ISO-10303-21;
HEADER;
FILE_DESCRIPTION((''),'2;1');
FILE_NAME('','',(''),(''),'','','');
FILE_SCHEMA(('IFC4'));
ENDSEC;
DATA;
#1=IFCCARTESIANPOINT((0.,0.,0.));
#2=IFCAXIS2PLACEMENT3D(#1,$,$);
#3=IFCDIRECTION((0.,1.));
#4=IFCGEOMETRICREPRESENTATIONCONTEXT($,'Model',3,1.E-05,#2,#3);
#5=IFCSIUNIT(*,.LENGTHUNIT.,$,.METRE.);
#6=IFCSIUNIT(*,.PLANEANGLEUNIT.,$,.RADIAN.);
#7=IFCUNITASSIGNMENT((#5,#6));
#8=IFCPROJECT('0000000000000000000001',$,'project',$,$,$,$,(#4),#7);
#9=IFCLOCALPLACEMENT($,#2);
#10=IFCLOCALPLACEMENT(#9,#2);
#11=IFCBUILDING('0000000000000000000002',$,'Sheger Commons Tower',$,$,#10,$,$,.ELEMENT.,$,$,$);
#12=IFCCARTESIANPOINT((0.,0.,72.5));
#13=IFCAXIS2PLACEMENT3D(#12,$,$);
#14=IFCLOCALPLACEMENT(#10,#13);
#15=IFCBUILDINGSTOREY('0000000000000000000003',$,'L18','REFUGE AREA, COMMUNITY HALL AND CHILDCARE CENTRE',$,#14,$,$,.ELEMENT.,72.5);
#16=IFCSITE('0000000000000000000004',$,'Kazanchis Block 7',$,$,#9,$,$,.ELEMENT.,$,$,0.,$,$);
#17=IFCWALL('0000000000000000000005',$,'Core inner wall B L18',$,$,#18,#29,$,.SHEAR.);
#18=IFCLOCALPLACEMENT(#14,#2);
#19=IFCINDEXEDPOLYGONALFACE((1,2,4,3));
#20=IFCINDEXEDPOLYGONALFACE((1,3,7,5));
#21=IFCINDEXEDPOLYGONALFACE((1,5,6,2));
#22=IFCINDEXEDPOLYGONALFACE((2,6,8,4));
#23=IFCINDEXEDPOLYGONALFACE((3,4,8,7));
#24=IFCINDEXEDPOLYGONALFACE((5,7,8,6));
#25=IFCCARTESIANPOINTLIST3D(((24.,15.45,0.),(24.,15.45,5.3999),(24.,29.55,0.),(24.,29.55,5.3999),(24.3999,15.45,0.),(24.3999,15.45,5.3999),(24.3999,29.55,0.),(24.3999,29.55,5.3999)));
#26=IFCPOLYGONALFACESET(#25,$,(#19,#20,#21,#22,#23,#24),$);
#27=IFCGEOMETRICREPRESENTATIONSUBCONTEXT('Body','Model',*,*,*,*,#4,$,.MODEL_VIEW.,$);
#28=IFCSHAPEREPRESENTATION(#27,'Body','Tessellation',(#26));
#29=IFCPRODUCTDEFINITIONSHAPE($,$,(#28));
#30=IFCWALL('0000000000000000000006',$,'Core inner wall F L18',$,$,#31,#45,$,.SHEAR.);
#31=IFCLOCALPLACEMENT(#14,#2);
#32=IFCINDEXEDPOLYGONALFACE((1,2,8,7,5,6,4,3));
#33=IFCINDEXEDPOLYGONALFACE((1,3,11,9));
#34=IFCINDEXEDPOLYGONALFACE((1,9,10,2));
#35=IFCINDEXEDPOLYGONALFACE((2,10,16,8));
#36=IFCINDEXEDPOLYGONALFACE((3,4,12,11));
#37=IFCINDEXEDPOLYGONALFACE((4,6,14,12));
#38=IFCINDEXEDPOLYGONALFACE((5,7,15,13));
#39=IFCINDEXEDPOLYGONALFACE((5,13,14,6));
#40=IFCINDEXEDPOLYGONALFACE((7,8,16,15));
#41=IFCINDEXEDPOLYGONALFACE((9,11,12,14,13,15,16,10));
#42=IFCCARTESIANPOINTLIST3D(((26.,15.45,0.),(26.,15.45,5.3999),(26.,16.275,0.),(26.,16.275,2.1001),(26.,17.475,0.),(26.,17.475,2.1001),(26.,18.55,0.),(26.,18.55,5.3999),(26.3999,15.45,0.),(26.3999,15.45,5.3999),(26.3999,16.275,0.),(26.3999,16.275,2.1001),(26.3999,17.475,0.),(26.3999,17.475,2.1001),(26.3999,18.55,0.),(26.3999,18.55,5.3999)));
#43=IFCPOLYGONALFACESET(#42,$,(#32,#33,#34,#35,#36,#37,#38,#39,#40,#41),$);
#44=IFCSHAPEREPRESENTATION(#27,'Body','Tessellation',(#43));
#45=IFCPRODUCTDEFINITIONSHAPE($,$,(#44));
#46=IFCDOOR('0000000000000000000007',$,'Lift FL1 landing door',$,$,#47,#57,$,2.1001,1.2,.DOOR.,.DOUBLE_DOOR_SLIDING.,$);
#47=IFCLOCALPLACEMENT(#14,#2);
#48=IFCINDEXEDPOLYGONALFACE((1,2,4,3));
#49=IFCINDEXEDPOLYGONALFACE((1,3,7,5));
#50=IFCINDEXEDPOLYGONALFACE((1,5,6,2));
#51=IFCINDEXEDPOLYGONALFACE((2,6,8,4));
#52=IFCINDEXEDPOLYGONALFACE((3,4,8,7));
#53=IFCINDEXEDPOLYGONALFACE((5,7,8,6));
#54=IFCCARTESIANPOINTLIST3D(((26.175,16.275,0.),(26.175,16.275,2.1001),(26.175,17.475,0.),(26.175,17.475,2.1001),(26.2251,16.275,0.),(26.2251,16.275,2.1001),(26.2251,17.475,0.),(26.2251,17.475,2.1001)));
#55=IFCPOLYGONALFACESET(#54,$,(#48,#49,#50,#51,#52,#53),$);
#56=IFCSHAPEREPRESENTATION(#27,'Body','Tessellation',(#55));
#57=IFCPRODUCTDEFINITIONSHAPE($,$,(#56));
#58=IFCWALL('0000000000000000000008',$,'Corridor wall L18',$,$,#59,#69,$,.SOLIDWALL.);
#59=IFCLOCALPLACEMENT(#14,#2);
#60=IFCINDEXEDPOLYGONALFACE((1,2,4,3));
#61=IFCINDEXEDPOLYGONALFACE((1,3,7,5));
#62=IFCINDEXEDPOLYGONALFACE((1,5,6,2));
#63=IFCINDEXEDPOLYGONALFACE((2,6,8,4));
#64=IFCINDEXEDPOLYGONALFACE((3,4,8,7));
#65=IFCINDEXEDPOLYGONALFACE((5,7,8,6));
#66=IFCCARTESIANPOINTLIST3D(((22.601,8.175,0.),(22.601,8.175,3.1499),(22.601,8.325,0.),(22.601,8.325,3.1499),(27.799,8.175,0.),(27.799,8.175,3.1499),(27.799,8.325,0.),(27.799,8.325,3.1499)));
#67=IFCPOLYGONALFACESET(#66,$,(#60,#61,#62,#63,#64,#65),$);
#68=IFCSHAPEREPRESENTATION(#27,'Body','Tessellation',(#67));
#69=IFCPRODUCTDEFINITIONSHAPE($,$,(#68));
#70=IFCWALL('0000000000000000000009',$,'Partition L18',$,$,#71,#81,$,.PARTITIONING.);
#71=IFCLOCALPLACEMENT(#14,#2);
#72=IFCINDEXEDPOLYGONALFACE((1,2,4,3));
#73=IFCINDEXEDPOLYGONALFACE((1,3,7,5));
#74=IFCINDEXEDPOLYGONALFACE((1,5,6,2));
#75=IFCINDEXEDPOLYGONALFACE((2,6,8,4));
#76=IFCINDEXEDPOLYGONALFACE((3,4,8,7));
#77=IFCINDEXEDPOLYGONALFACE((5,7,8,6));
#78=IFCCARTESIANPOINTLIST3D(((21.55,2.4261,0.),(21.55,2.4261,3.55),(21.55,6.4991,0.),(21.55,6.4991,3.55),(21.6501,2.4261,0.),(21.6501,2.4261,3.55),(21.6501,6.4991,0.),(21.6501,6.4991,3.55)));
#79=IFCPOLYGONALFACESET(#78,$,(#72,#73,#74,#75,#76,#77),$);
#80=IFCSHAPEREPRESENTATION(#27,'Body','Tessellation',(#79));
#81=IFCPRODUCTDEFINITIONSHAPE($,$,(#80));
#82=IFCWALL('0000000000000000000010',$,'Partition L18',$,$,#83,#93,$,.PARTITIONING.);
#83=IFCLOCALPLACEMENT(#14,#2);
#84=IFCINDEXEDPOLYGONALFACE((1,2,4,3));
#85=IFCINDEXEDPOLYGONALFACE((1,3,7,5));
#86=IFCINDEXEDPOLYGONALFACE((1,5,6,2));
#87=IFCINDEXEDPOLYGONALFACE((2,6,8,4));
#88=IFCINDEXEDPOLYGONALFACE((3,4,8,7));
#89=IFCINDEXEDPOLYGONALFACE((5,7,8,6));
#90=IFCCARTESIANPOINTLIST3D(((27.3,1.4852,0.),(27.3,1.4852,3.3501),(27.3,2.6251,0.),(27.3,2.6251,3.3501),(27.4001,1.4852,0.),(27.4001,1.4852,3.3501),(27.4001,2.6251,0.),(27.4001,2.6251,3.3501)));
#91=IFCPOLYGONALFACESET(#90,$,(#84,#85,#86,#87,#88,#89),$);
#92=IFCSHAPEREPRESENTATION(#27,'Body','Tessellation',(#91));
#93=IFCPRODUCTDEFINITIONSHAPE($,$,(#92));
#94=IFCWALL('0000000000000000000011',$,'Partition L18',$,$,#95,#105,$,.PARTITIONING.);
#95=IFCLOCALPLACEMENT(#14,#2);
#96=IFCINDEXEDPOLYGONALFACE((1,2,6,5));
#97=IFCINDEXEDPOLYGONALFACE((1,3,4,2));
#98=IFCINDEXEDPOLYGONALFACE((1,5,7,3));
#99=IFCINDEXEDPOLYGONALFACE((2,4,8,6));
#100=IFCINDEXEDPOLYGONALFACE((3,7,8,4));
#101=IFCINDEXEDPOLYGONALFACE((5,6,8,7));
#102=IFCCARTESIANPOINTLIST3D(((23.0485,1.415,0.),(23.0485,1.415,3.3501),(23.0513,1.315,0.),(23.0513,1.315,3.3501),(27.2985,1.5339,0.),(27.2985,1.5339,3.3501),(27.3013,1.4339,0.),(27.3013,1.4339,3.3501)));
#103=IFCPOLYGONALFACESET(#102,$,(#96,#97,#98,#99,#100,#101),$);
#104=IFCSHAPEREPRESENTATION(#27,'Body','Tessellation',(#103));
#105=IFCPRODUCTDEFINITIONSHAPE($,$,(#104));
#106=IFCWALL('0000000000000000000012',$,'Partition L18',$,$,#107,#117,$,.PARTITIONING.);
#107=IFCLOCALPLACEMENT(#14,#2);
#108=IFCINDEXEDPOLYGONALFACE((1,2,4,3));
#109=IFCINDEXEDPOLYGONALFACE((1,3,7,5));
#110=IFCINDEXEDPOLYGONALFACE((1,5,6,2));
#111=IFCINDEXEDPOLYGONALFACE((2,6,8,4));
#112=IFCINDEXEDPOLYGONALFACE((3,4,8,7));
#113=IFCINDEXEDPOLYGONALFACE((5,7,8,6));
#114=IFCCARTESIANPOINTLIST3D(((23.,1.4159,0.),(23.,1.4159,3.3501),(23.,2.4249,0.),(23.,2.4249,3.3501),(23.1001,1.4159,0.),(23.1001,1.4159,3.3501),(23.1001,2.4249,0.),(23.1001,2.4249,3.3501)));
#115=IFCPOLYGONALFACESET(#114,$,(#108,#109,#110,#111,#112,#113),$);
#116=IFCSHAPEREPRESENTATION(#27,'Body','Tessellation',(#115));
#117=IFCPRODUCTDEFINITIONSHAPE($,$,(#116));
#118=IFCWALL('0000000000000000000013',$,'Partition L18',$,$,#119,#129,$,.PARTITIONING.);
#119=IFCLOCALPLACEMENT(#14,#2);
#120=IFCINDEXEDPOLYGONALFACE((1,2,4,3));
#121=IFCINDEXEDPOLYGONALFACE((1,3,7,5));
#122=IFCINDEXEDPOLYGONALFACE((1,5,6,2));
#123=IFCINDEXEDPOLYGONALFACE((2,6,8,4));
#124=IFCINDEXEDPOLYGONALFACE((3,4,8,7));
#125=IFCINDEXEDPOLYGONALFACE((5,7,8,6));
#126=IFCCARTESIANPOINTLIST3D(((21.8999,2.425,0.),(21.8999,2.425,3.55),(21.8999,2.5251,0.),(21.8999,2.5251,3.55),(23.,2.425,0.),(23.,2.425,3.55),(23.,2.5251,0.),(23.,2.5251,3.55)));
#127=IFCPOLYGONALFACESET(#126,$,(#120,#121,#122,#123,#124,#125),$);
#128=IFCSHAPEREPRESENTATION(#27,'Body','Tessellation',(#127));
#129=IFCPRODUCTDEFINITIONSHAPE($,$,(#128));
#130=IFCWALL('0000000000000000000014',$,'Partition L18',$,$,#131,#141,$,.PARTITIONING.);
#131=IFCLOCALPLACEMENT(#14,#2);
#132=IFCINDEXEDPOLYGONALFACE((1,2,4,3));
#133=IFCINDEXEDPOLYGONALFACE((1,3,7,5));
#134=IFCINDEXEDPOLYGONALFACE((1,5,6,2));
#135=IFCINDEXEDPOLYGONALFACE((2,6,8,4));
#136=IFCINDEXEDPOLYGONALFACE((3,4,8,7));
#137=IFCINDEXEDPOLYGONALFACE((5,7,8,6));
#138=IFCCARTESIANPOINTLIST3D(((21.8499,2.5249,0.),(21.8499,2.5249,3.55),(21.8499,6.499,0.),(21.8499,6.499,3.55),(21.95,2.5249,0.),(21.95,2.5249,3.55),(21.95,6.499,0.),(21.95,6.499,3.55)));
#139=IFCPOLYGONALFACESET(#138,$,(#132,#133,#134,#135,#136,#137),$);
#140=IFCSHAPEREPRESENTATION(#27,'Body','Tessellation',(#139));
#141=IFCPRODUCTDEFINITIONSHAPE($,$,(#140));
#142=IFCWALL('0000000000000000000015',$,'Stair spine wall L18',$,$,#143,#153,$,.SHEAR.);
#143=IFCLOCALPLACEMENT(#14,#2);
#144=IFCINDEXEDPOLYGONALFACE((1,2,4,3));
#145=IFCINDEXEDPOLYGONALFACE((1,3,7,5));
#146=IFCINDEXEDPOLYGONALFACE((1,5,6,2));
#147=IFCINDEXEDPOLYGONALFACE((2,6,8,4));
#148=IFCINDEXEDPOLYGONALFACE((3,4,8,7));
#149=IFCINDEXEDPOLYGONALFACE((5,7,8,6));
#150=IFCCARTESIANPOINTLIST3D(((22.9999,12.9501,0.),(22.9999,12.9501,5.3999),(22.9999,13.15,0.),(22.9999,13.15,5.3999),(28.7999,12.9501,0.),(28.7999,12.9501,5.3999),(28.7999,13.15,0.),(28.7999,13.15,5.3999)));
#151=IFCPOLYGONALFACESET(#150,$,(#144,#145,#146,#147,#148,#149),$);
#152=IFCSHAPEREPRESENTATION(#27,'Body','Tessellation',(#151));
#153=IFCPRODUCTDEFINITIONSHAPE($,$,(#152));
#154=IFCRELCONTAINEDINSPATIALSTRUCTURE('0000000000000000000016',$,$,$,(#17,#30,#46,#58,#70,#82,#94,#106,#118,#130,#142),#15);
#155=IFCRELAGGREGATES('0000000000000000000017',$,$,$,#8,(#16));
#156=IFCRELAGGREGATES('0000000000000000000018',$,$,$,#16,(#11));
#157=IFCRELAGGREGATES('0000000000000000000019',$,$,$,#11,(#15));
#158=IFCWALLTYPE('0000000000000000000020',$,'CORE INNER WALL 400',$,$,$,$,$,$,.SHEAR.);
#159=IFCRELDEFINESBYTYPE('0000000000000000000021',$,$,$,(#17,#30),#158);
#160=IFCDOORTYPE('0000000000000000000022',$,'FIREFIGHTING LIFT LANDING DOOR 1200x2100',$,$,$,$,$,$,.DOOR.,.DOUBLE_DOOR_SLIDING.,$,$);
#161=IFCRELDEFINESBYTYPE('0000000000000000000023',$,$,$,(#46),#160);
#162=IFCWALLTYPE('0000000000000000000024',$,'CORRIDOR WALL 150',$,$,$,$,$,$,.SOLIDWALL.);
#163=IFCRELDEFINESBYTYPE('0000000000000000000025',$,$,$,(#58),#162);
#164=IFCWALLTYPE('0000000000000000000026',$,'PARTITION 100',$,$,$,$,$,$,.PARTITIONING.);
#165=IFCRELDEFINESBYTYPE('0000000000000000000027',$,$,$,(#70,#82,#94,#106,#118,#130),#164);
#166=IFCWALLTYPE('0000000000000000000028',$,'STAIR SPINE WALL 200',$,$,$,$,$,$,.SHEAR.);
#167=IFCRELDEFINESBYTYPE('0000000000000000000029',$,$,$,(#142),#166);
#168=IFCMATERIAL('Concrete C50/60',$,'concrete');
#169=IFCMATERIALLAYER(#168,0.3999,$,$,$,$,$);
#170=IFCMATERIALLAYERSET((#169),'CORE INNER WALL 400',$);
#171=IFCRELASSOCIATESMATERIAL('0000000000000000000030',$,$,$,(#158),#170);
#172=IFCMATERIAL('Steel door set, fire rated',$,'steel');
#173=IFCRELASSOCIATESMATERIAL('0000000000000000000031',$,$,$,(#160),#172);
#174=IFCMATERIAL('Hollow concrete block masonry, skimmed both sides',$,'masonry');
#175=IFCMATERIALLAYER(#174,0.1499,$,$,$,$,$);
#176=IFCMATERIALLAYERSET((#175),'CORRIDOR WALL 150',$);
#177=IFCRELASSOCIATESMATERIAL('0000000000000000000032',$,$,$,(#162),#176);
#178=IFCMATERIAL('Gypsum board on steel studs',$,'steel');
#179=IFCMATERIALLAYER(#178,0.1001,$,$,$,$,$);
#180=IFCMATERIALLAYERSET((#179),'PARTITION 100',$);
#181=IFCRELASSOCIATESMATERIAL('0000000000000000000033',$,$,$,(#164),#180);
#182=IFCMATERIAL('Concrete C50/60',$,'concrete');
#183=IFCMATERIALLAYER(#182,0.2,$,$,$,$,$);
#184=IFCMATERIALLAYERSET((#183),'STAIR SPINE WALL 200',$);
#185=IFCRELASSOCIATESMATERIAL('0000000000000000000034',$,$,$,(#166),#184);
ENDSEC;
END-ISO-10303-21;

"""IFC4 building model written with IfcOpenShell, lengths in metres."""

from ifc_helpers import new_model, si_unit, direction, frame, frame_2d, origin, place, context, subcontext, project, spatial, rectangle, extrude, material, layer, layer_set, type_object, element, fill, save


model = new_model("IFC4")

# Units and contexts
model_context = context("Model", 3, precision=1e-05, world=origin(), true_north=direction((0.0, 1.0)))
body_context = subcontext(model_context, "Body", "Model", "MODEL_VIEW")
ifc_project = project(units=[si_unit("LENGTHUNIT", "METRE"), si_unit("PLANEANGLEUNIT", "RADIAN")], contexts=[model_context])

# Site, building, storey
site_placement = place(None, origin())
site = spatial("IfcSite", under=ifc_project, at=site_placement, Name="Kazanchis Block 7", CompositionType="ELEMENT", RefElevation=0.0)
building_placement = place(site_placement, origin())
building = spatial("IfcBuilding", under=site, at=building_placement, Name="Sheger Commons Tower", CompositionType="ELEMENT")
storey_placement = place(building_placement, frame((0.0, 0.0, 72.5)))
storey = spatial("IfcBuildingStorey", under=building, at=storey_placement, Name="L18", Description="REFUGE AREA, COMMUNITY HALL AND CHILDCARE CENTRE", CompositionType="ELEMENT", Elevation=72.5)

# Wall
ifc_material_1 = material(Name="Concrete C50/60", Category="concrete")
ifc_layer_1 = layer(ifc_material_1, 0.3999)
ifc_layer_set_1 = layer_set([ifc_layer_1], Name="CORE INNER WALL 400")
wall_type_1 = type_object("IfcWallType", Name="CORE INNER WALL 400", PredefinedType="SHEAR", material=ifc_layer_set_1)
for number, where, z_axis, x_axis, name in (
    (1, (24.2, 15.45, 0.0), (0.0, 0.0, 1.0), (0.0, 1.0, 0.0), "Core inner wall B L18"),
):
    element("IfcWall", number, at=place(storey_placement, frame(where, z_axis=z_axis, x_axis=x_axis)), inside=storey, type_object=wall_type_1, Name=name, PredefinedType="SHEAR", context=body_context, shape_type="SweptSolid", body=[
        extrude(rectangle(XDim=14.1001, YDim=0.3999, at=frame_2d((7.05, 0.0))), origin(), (0.0, 0.0, 1.0), 5.3999),
    ])

# Wall, opening, door
wall_1_placement = place(storey_placement, frame((26.2, 15.45, 0.0), z_axis=(0.0, 0.0, 1.0), x_axis=(0.0, 1.0, 0.0)))
wall_1 = element("IfcWall", 2, at=wall_1_placement, inside=storey, type_object=wall_type_1, Name="Core inner wall F L18", PredefinedType="SHEAR", context=body_context, shape_type="SweptSolid", body=[
    extrude(rectangle(XDim=3.1001, YDim=0.3999, at=frame_2d((1.55, 0.0))), origin(), (0.0, 0.0, 1.0), 5.3999),
])
opening_placement = place(wall_1_placement, frame((0.825, 0.0, 0.0)))
opening = element("IfcOpeningElement", 3, at=opening_placement, cuts=wall_1, PredefinedType="OPENING", context=body_context, shape_type="SweptSolid", body=[
    extrude(rectangle(XDim=1.2, YDim=2.1001, at=frame_2d((0.6001, 1.05))), frame((0.0, 0.21, 0.0), z_axis=(0.0, -1.0, 0.0), x_axis=(1.0, 0.0, 0.0)), (0.0, 0.0, 1.0), 0.4199),
])
ifc_material_2 = material(Name="Steel door set, fire rated", Category="steel")
door_type = type_object("IfcDoorType", Name="FIREFIGHTING LIFT LANDING DOOR 1200x2100", OperationType="DOUBLE_DOOR_SLIDING", PredefinedType="DOOR", material=ifc_material_2)
door_placement = place(opening_placement, origin())
door = element("IfcDoor", 4, at=door_placement, inside=storey, type_object=door_type, Name="Lift FL1 landing door", OperationType="DOUBLE_DOOR_SLIDING", OverallHeight=2.1001, OverallWidth=1.2, PredefinedType="DOOR", context=body_context, shape_type="SweptSolid", body=[
    extrude(rectangle(XDim=1.2, YDim=2.1001, at=frame_2d((0.6001, 1.05))), frame((0.0, 0.0249, 0.0), z_axis=(0.0, -1.0, 0.0), x_axis=(1.0, 0.0, 0.0)), (0.0, 0.0, 1.0), 0.05),
])
fill(opening, door)

# Walls
ifc_material_3 = material(Name="Hollow concrete block masonry, skimmed both sides", Category="masonry")
ifc_layer_2 = layer(ifc_material_3, 0.1499)
ifc_layer_set_2 = layer_set([ifc_layer_2], Name="CORRIDOR WALL 150")
wall_type_2 = type_object("IfcWallType", Name="CORRIDOR WALL 150", PredefinedType="SOLIDWALL", material=ifc_layer_set_2)
wall_2_placement = place(storey_placement, frame((27.7991, 8.25, 0.0), z_axis=(0.0, 0.0, 1.0), x_axis=(-1.0, 0.0, 0.0)))
element("IfcWall", 5, at=wall_2_placement, inside=storey, type_object=wall_type_2, Name="Corridor wall L18", PredefinedType="SOLIDWALL", context=body_context, shape_type="SweptSolid", body=[
    extrude(rectangle(XDim=5.198, YDim=0.1499, at=frame_2d((2.5991, 0.0))), origin(), (0.0, 0.0, 1.0), 3.1499),
])
ifc_material_4 = material(Name="Gypsum board on steel studs", Category="steel")
ifc_layer_3 = layer(ifc_material_4, 0.1001)
ifc_layer_set_3 = layer_set([ifc_layer_3], Name="PARTITION 100")
wall_type_3 = type_object("IfcWallType", Name="PARTITION 100", PredefinedType="PARTITIONING", material=ifc_layer_set_3)
wall_3_placement = place(storey_placement, frame((21.6001, 2.426, 0.0), z_axis=(0.0, 0.0, 1.0), x_axis=(0.0, 1.0, 0.0)))
element("IfcWall", 6, at=wall_3_placement, inside=storey, type_object=wall_type_3, Name="Partition L18", PredefinedType="PARTITIONING", context=body_context, shape_type="SweptSolid", body=[
    extrude(rectangle(XDim=4.073, YDim=0.1001, at=frame_2d((2.0366, 0.0))), origin(), (0.0, 0.0, 1.0), 3.55),
])
wall_4_placement = place(storey_placement, frame((27.3501, 2.625, 0.0), z_axis=(0.0, 0.0, 1.0), x_axis=(0.0, -1.0, 0.0)))
element("IfcWall", 7, at=wall_4_placement, inside=storey, type_object=wall_type_3, Name="Partition L18", PredefinedType="PARTITIONING", context=body_context, shape_type="SweptSolid", body=[
    extrude(rectangle(XDim=1.1399, YDim=0.1001, at=frame_2d((0.5698, 0.0))), origin(), (0.0, 0.0, 1.0), 3.3501),
])
wall_5_placement = place(storey_placement, frame((27.3, 1.4839, 0.0), z_axis=(0.0, 0.0, 1.0), x_axis=(-0.999609, -0.027965, 0.0)))
element("IfcWall", 8, at=wall_5_placement, inside=storey, type_object=wall_type_3, Name="Partition L18", PredefinedType="PARTITIONING", context=body_context, shape_type="SweptSolid", body=[
    extrude(rectangle(XDim=4.2517, YDim=0.1001, at=frame_2d((2.126, 0.0))), origin(), (0.0, 0.0, 1.0), 3.3501),
])
wall_6_placement = place(storey_placement, frame((23.05, 1.416, 0.0), z_axis=(0.0, 0.0, 1.0), x_axis=(0.0, 1.0, 0.0)))
element("IfcWall", 9, at=wall_6_placement, inside=storey, type_object=wall_type_3, Name="Partition L18", PredefinedType="PARTITIONING", context=body_context, shape_type="SweptSolid", body=[
    extrude(rectangle(XDim=1.009, YDim=0.1001, at=frame_2d((0.5044, 0.0))), origin(), (0.0, 0.0, 1.0), 3.3501),
])
wall_7_placement = place(storey_placement, frame((23.0, 2.4751, 0.0), z_axis=(0.0, 0.0, 1.0), x_axis=(-1.0, 0.0, 0.0)))
element("IfcWall", 10, at=wall_7_placement, inside=storey, type_object=wall_type_3, Name="Partition L18", PredefinedType="PARTITIONING", context=body_context, shape_type="SweptSolid", body=[
    extrude(rectangle(XDim=1.1001, YDim=0.1001, at=frame_2d((0.55, 0.0))), origin(), (0.0, 0.0, 1.0), 3.55),
])
wall_8_placement = place(storey_placement, frame((21.8999, 2.5249, 0.0), z_axis=(0.0, 0.0, 1.0), x_axis=(0.0, 1.0, 0.0)))
element("IfcWall", 11, at=wall_8_placement, inside=storey, type_object=wall_type_3, Name="Partition L18", PredefinedType="PARTITIONING", context=body_context, shape_type="SweptSolid", body=[
    extrude(rectangle(XDim=3.9741, YDim=0.1001, at=frame_2d((1.9871, 0.0))), origin(), (0.0, 0.0, 1.0), 3.55),
])
ifc_material_5 = material(Name="Concrete C50/60", Category="concrete")
ifc_layer_4 = layer(ifc_material_5, 0.2)
ifc_layer_set_4 = layer_set([ifc_layer_4], Name="STAIR SPINE WALL 200")
wall_type_4 = type_object("IfcWallType", Name="STAIR SPINE WALL 200", PredefinedType="SHEAR", material=ifc_layer_set_4)
wall_9_placement = place(storey_placement, frame((23.0, 13.05, 0.0), z_axis=(0.0, 0.0, 1.0), x_axis=(1.0, 0.0, 0.0)))
element("IfcWall", 12, at=wall_9_placement, inside=storey, type_object=wall_type_4, Name="Stair spine wall L18", PredefinedType="SHEAR", context=body_context, shape_type="SweptSolid", body=[
    extrude(rectangle(XDim=5.8, YDim=0.2, at=frame_2d((2.8999, 0.0))), origin(), (0.0, 0.0, 1.0), 5.3999),
])

save(model, "model.ifc")
